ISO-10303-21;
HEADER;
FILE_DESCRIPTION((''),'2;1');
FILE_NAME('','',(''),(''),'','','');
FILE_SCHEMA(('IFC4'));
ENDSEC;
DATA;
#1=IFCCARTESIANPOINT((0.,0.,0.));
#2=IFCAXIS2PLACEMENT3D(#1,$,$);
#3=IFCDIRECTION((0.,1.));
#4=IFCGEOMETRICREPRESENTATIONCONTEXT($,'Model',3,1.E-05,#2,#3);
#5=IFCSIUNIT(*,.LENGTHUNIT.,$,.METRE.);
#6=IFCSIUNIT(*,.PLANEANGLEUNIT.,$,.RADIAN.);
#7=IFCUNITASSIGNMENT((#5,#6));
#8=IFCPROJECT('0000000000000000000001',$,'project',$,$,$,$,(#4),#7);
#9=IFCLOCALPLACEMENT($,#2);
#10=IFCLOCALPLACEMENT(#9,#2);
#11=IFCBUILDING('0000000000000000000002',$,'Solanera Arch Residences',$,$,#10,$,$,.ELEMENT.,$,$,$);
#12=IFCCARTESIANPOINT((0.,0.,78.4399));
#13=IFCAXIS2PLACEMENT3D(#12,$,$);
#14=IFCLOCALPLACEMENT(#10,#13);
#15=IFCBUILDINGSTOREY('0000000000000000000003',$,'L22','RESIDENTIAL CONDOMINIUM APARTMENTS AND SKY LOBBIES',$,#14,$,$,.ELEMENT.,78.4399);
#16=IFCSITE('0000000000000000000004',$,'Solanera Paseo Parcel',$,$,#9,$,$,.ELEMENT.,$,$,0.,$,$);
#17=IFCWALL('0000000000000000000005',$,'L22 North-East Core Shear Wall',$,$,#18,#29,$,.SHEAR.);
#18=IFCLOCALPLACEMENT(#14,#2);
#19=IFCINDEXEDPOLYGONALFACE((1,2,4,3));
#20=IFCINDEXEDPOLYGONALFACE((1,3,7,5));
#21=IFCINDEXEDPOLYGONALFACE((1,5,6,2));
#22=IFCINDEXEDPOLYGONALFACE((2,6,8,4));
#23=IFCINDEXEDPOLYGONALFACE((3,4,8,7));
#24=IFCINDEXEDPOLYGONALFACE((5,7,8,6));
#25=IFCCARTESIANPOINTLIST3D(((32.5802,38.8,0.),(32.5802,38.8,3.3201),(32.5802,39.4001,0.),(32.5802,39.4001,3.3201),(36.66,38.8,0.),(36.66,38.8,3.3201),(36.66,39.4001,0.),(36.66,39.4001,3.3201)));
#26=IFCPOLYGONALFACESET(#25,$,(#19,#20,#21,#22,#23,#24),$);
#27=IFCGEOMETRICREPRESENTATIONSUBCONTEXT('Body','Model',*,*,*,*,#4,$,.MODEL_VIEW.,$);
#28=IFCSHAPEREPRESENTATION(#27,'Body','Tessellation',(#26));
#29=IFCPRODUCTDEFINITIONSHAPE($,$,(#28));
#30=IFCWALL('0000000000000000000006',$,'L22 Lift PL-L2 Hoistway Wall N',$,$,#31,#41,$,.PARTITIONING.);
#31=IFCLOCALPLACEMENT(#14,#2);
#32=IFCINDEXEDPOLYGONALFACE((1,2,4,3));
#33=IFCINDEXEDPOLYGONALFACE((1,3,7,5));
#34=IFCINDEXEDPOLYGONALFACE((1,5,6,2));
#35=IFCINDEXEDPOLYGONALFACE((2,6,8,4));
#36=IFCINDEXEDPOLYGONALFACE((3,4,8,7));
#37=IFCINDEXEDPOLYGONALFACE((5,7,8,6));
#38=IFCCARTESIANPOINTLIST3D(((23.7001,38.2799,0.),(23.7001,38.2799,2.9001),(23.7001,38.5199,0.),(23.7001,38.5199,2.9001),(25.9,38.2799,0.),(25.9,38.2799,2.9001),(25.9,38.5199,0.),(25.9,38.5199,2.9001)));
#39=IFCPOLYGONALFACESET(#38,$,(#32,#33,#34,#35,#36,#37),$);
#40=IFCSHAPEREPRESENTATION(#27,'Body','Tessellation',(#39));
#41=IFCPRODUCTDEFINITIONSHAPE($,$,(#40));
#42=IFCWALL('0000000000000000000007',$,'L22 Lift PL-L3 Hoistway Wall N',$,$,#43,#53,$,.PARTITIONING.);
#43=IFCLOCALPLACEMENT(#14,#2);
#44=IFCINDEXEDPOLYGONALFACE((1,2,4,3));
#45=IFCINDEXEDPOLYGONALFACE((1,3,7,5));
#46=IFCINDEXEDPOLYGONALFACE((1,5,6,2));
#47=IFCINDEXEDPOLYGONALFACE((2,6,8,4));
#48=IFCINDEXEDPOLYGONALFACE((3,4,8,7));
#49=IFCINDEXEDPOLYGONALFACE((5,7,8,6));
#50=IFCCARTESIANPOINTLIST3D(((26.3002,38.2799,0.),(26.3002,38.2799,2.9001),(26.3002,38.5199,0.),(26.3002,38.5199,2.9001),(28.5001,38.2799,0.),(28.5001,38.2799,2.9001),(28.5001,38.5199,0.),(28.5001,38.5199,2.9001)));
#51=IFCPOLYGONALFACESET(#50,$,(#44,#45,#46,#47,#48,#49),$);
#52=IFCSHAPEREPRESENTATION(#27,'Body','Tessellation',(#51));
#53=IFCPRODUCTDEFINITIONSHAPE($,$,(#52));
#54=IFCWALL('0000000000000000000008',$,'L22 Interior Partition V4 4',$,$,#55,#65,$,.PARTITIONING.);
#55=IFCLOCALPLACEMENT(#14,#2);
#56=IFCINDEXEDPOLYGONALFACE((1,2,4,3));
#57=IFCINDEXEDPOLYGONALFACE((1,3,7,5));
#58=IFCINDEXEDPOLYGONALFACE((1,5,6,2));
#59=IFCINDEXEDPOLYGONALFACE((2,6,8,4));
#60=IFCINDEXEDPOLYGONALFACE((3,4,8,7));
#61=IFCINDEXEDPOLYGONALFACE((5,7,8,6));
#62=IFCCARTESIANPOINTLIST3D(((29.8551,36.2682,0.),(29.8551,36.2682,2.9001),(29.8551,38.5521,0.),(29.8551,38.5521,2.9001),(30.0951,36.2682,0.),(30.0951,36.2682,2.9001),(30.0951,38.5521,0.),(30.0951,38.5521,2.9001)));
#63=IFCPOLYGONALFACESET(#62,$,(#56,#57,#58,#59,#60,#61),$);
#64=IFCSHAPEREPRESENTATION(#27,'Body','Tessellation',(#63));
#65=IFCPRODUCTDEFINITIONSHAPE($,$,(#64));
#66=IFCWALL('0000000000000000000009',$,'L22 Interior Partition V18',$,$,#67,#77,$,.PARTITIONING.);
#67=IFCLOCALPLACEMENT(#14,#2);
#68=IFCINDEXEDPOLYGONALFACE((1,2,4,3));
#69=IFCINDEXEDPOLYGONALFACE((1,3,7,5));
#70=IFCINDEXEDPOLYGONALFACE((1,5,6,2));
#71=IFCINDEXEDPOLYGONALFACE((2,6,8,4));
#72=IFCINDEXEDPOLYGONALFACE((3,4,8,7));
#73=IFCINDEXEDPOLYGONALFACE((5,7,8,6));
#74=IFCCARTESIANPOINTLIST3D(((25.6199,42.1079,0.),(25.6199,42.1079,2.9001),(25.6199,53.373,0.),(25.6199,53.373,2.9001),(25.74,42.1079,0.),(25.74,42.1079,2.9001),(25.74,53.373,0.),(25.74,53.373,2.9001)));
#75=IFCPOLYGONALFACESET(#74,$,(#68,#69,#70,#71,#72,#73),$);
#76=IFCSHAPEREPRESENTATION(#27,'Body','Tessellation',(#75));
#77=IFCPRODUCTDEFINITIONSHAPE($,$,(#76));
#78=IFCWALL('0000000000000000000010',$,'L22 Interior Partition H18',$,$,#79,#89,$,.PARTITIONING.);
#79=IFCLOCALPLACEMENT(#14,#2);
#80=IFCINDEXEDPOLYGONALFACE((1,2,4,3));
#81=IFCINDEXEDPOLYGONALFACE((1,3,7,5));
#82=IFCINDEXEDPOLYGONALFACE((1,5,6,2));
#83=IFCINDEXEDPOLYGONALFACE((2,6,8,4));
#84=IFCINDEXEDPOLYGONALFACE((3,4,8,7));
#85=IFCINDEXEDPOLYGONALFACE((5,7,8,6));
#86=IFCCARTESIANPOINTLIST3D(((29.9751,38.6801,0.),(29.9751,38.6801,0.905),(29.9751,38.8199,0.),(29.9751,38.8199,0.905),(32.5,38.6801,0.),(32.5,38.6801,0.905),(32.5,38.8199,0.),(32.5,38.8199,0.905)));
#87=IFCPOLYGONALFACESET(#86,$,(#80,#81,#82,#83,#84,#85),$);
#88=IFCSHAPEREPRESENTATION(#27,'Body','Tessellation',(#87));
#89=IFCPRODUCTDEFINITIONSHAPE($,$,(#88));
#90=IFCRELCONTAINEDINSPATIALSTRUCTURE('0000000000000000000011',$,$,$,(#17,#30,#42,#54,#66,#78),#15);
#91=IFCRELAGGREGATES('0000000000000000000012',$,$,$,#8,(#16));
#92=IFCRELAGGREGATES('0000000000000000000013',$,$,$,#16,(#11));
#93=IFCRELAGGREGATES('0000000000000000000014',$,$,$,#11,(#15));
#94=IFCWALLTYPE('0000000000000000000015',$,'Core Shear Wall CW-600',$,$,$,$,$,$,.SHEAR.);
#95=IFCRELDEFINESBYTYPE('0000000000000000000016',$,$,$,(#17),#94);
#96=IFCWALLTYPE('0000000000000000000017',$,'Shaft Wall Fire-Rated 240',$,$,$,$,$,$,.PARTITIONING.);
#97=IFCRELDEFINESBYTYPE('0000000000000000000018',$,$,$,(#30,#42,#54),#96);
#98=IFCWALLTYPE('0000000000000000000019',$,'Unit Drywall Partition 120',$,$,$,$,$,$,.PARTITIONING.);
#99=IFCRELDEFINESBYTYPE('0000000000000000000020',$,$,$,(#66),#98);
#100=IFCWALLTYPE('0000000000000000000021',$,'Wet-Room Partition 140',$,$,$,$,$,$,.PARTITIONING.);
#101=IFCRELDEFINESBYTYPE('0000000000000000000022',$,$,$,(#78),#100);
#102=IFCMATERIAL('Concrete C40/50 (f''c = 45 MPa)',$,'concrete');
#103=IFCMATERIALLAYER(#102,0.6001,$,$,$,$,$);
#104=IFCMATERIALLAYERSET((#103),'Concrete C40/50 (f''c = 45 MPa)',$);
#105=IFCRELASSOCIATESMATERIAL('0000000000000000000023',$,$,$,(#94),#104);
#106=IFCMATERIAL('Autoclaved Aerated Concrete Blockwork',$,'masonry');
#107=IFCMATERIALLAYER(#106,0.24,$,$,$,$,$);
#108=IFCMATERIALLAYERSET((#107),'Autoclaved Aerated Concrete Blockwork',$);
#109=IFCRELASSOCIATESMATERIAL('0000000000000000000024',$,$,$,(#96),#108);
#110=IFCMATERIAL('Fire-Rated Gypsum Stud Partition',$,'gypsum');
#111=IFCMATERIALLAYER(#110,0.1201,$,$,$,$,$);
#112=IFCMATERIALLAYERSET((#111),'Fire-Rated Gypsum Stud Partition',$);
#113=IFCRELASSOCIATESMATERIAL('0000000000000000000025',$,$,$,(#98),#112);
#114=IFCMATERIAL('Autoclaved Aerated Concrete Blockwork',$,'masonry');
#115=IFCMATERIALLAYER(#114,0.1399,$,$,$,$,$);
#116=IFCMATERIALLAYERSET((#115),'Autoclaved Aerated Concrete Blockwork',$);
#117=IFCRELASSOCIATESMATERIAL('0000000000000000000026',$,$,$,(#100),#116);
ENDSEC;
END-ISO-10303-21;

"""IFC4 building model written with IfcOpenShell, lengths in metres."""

from ifc_helpers import new_model, si_unit, direction, frame, frame_2d, origin, place, context, subcontext, project, spatial, rectangle, extrude, material, layer, layer_set, type_object, element, save


model = new_model("IFC4")

# Units and contexts
model_context = context("Model", 3, precision=1e-05, world=origin(), true_north=direction((0.0, 1.0)))
body_context = subcontext(model_context, "Body", "Model", "MODEL_VIEW")
ifc_project = project(units=[si_unit("LENGTHUNIT", "METRE"), si_unit("PLANEANGLEUNIT", "RADIAN")], contexts=[model_context])

# Site, building, storey
site_placement = place(None, origin())
site = spatial("IfcSite", under=ifc_project, at=site_placement, Name="Solanera Paseo Parcel", CompositionType="ELEMENT", RefElevation=0.0)
building_placement = place(site_placement, origin())
building = spatial("IfcBuilding", under=site, at=building_placement, Name="Solanera Arch Residences", CompositionType="ELEMENT")
storey_placement = place(building_placement, frame((0.0, 0.0, 78.4399)))
storey = spatial("IfcBuildingStorey", under=building, at=storey_placement, Name="L22", Description="RESIDENTIAL CONDOMINIUM APARTMENTS AND SKY LOBBIES", CompositionType="ELEMENT", Elevation=78.4399)

# Walls
ifc_material_1 = material(Name="Concrete C40/50 (f'c = 45 MPa)", Category="concrete")
ifc_layer_1 = layer(ifc_material_1, 0.6001)
ifc_layer_set_1 = layer_set([ifc_layer_1], Name="Concrete C40/50 (f'c = 45 MPa)")
wall_type_1 = type_object("IfcWallType", Name="Core Shear Wall CW-600", PredefinedType="SHEAR", material=ifc_layer_set_1)
wall_1_placement = place(storey_placement, frame((32.5801, 39.1001, 0.0), z_axis=(0.0, 0.0, 1.0), x_axis=(1.0, 0.0, 0.0)))
element("IfcWall", 1, at=wall_1_placement, inside=storey, type_object=wall_type_1, Name="L22 North-East Core Shear Wall", PredefinedType="SHEAR", context=body_context, shape_type="SweptSolid", body=[
    extrude(rectangle(XDim=4.0798, YDim=0.6001, at=frame_2d((2.04, 0.0))), origin(), (0.0, 0.0, 1.0), 3.3201),
])
ifc_material_2 = material(Name="Autoclaved Aerated Concrete Blockwork", Category="masonry")
ifc_layer_2 = layer(ifc_material_2, 0.24)
ifc_layer_set_2 = layer_set([ifc_layer_2], Name="Autoclaved Aerated Concrete Blockwork")
wall_type_2 = type_object("IfcWallType", Name="Shaft Wall Fire-Rated 240", PredefinedType="PARTITIONING", material=ifc_layer_set_2)
for number, where, z_axis, x_axis, name in (
    (2, (23.7, 38.3999, 0.0), (0.0, 0.0, 1.0), (1.0, 0.0, 0.0), "L22 Lift PL-L2 Hoistway Wall N"),
    (3, (26.3, 38.3999, 0.0), (0.0, 0.0, 1.0), (1.0, 0.0, 0.0), "L22 Lift PL-L3 Hoistway Wall N"),
):
    element("IfcWall", number, at=place(storey_placement, frame(where, z_axis=z_axis, x_axis=x_axis)), inside=storey, type_object=wall_type_2, Name=name, PredefinedType="PARTITIONING", context=body_context, shape_type="SweptSolid", body=[
        extrude(rectangle(XDim=2.2, YDim=0.24, at=frame_2d((1.1001, 0.0))), origin(), (0.0, 0.0, 1.0), 2.9001),
    ])
wall_2_placement = place(storey_placement, frame((29.9751, 36.2681, 0.0), z_axis=(0.0, 0.0, 1.0), x_axis=(0.0, 1.0, 0.0)))
element("IfcWall", 4, at=wall_2_placement, inside=storey, type_object=wall_type_2, Name="L22 Interior Partition V4 4", PredefinedType="PARTITIONING", context=body_context, shape_type="SweptSolid", body=[
    extrude(rectangle(XDim=2.2839, YDim=0.24, at=frame_2d((1.1421, 0.0))), origin(), (0.0, 0.0, 1.0), 2.9001),
])
ifc_material_3 = material(Name="Fire-Rated Gypsum Stud Partition", Category="gypsum")
ifc_layer_3 = layer(ifc_material_3, 0.1201)
ifc_layer_set_3 = layer_set([ifc_layer_3], Name="Fire-Rated Gypsum Stud Partition")
wall_type_3 = type_object("IfcWallType", Name="Unit Drywall Partition 120", PredefinedType="PARTITIONING", material=ifc_layer_set_3)
wall_3_placement = place(storey_placement, frame((25.6799, 42.1079, 0.0), z_axis=(0.0, 0.0, 1.0), x_axis=(0.0, 1.0, 0.0)))
element("IfcWall", 5, at=wall_3_placement, inside=storey, type_object=wall_type_3, Name="L22 Interior Partition V18", PredefinedType="PARTITIONING", context=body_context, shape_type="SweptSolid", body=[
    extrude(rectangle(XDim=11.2651, YDim=0.1201, at=frame_2d((5.6326, 0.0))), origin(), (0.0, 0.0, 1.0), 2.9001),
])
ifc_material_4 = material(Name="Autoclaved Aerated Concrete Blockwork", Category="masonry")
ifc_layer_4 = layer(ifc_material_4, 0.1399)
ifc_layer_set_4 = layer_set([ifc_layer_4], Name="Autoclaved Aerated Concrete Blockwork")
wall_type_4 = type_object("IfcWallType", Name="Wet-Room Partition 140", PredefinedType="PARTITIONING", material=ifc_layer_set_4)
wall_4_placement = place(storey_placement, frame((29.9751, 38.75, 0.0), z_axis=(0.0, 0.0, 1.0), x_axis=(1.0, 0.0, 0.0)))
element("IfcWall", 6, at=wall_4_placement, inside=storey, type_object=wall_type_4, Name="L22 Interior Partition H18", PredefinedType="PARTITIONING", context=body_context, shape_type="SweptSolid", body=[
    extrude(rectangle(XDim=2.5249, YDim=0.1399, at=frame_2d((1.2625, 0.0))), origin(), (0.0, 0.0, 1.0), 0.905),
])

save(model, "model.ifc")
